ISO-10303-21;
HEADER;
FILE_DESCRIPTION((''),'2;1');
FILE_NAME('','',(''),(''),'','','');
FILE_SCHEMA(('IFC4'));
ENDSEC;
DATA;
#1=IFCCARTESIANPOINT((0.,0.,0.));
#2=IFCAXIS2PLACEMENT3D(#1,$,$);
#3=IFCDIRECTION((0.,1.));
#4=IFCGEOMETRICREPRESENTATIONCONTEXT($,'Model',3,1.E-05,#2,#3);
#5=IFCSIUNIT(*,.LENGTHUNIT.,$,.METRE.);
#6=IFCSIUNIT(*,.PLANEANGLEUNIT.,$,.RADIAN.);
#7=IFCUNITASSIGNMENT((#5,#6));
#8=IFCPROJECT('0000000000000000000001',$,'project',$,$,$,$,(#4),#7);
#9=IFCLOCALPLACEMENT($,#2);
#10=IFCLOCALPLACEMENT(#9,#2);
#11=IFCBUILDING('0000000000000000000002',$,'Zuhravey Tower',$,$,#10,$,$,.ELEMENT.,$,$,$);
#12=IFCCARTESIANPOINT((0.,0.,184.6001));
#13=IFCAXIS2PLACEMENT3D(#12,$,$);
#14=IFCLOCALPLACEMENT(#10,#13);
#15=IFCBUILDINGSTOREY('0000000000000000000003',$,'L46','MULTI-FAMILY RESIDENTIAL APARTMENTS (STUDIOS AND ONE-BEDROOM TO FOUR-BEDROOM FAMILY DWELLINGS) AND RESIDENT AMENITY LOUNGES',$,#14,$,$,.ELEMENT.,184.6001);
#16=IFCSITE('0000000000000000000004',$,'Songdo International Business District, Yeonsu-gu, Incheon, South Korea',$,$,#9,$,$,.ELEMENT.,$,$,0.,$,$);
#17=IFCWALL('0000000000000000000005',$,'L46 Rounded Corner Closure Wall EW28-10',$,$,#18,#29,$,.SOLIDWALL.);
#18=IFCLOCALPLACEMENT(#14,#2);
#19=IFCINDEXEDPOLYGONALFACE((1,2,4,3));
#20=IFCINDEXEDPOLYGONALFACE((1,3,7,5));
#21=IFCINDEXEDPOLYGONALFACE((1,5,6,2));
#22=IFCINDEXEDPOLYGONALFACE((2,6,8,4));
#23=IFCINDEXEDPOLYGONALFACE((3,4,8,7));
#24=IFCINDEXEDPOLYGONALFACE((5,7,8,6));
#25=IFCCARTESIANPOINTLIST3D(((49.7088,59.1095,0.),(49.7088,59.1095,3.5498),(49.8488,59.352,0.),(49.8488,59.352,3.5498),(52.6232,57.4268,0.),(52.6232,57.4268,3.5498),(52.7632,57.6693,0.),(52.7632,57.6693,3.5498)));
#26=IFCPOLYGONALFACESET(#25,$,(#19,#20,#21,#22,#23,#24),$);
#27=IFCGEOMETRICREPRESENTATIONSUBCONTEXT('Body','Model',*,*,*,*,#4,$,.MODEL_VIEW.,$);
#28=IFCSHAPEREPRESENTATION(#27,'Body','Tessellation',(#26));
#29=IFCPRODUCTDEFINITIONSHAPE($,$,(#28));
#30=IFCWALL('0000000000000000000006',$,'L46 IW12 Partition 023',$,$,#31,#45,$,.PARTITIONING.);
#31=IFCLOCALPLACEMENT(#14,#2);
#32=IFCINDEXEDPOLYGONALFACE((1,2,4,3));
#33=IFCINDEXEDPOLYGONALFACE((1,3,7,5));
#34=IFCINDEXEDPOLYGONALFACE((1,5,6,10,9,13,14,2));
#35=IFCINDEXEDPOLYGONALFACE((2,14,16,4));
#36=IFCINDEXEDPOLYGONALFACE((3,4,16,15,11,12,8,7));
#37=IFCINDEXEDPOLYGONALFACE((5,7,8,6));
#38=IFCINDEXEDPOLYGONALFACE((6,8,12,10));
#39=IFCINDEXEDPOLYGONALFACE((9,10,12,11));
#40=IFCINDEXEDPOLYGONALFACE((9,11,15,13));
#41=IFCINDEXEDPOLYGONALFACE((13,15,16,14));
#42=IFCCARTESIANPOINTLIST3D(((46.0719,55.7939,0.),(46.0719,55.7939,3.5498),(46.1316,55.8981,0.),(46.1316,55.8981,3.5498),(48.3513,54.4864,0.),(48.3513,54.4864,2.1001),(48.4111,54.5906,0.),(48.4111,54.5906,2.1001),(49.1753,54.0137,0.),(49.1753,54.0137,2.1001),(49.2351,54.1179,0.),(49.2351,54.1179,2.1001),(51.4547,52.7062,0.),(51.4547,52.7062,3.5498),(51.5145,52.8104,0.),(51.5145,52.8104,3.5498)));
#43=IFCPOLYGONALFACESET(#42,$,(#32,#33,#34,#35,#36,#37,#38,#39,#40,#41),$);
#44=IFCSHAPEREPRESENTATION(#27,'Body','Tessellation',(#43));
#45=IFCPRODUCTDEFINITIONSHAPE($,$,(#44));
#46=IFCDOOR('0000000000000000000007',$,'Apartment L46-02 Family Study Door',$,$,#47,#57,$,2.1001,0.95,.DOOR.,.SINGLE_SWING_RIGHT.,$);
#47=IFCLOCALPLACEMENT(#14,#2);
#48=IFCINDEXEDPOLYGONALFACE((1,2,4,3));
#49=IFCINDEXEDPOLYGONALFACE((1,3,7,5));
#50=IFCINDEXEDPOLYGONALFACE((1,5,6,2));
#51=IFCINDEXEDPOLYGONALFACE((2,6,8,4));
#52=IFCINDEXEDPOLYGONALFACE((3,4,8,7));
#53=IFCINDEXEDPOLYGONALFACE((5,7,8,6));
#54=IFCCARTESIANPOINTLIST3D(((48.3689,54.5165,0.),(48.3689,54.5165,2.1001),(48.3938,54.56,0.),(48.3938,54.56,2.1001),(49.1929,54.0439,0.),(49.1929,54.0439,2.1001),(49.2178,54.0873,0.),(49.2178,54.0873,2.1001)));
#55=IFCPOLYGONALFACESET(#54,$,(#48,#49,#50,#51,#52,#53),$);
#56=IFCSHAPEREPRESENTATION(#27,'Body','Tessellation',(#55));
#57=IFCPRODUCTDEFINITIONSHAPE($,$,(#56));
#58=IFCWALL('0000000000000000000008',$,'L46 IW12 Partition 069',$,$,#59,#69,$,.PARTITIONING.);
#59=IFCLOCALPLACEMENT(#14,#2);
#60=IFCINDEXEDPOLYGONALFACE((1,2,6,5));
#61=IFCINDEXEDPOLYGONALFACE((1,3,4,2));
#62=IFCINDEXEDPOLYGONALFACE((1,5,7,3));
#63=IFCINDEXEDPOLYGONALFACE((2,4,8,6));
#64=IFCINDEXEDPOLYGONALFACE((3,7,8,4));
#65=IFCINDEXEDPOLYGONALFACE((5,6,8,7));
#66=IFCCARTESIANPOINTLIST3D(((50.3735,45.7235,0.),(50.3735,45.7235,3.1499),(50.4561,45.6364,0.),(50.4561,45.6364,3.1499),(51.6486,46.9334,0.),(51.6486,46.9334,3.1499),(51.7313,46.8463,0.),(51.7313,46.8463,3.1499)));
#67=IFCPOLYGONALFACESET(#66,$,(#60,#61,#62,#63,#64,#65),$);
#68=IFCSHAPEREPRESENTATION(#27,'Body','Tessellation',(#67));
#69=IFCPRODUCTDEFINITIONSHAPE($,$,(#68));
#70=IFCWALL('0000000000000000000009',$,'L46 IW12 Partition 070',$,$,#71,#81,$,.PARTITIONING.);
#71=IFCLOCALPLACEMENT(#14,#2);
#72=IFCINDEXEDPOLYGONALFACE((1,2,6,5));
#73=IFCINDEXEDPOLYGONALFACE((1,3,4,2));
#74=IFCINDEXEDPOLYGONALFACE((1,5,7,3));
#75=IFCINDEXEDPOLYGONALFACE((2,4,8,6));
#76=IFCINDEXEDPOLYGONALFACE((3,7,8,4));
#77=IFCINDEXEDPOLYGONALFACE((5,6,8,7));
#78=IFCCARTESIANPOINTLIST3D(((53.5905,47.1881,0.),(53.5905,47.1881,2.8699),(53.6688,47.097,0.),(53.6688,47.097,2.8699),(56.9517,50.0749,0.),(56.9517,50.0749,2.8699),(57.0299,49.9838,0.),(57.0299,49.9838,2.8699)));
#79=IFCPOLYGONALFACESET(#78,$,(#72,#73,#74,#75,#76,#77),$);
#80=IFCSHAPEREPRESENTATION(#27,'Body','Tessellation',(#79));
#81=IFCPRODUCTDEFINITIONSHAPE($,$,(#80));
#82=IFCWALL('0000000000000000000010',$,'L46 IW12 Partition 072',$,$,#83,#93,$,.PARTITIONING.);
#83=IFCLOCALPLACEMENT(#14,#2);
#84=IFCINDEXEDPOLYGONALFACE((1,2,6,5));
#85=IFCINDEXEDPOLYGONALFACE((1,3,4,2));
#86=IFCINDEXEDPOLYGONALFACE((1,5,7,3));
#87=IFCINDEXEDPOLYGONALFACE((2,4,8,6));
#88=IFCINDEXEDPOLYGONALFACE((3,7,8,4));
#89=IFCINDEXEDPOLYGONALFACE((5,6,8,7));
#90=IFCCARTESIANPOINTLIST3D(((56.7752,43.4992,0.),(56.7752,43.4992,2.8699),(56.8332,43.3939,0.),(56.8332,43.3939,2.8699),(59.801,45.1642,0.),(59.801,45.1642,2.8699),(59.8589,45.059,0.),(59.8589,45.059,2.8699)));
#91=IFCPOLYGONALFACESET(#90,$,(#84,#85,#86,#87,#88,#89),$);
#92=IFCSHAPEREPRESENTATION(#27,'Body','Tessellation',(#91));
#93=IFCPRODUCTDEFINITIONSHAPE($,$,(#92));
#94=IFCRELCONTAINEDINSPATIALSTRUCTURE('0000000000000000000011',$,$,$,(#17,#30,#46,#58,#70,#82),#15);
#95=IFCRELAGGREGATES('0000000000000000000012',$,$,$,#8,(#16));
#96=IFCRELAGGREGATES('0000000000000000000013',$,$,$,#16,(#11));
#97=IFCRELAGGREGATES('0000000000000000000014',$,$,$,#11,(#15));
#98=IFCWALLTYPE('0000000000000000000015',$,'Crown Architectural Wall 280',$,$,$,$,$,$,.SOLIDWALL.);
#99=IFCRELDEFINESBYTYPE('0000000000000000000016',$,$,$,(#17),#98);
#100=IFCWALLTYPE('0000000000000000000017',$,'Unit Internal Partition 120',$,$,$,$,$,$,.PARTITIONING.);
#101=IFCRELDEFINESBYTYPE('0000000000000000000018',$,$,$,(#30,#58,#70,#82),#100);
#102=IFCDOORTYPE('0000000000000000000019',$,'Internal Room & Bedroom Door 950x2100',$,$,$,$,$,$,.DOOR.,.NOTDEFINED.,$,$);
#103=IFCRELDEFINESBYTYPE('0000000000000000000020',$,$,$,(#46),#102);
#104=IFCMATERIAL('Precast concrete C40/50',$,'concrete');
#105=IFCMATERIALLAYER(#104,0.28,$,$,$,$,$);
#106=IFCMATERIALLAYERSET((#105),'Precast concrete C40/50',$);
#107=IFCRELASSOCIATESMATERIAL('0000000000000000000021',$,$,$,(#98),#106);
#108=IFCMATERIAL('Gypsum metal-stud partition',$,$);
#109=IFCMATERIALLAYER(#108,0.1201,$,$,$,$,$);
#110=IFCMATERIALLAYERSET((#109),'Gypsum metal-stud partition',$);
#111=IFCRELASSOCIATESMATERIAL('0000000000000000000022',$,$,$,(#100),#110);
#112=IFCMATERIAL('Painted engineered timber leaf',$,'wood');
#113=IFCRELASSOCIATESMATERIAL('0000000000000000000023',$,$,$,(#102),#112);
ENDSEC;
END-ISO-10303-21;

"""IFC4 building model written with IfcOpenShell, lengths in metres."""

from ifc_helpers import new_model, si_unit, direction, frame, frame_2d, origin, place, context, subcontext, project, spatial, rectangle, extrude, material, layer, layer_set, type_object, element, fill, save


model = new_model("IFC4")

# Units and contexts
model_context = context("Model", 3, precision=1e-05, world=origin(), true_north=direction((0.0, 1.0)))
body_context = subcontext(model_context, "Body", "Model", "MODEL_VIEW")
ifc_project = project(units=[si_unit("LENGTHUNIT", "METRE"), si_unit("PLANEANGLEUNIT", "RADIAN")], contexts=[model_context])

# Site, building, storey
site_placement = place(None, origin())
site = spatial("IfcSite", under=ifc_project, at=site_placement, Name="Songdo International Business District, Yeonsu-gu, Incheon, South Korea", CompositionType="ELEMENT", RefElevation=0.0)
building_placement = place(site_placement, origin())
building = spatial("IfcBuilding", under=site, at=building_placement, Name="Zuhravey Tower", CompositionType="ELEMENT")
storey_placement = place(building_placement, frame((0.0, 0.0, 184.6001)))
storey = spatial("IfcBuildingStorey", under=building, at=storey_placement, Name="L46", Description="MULTI-FAMILY RESIDENTIAL APARTMENTS (STUDIOS AND ONE-BEDROOM TO FOUR-BEDROOM FAMILY DWELLINGS) AND RESIDENT AMENITY LOUNGES", CompositionType="ELEMENT", Elevation=184.6001)

# Wall
ifc_material_1 = material(Name="Precast concrete C40/50", Category="concrete")
ifc_layer_1 = layer(ifc_material_1, 0.28)
ifc_layer_set_1 = layer_set([ifc_layer_1], Name="Precast concrete C40/50")
wall_type_1 = type_object("IfcWallType", Name="Crown Architectural Wall 280", PredefinedType="SOLIDWALL", material=ifc_layer_set_1)
wall_1_placement = place(storey_placement, frame((49.7788, 59.2307, 0.0), z_axis=(0.0, 0.0, 1.0), x_axis=(0.86602, -0.500009, 0.0)))
element("IfcWall", 1, at=wall_1_placement, inside=storey, type_object=wall_type_1, Name="L46 Rounded Corner Closure Wall EW28-10", PredefinedType="SOLIDWALL", context=body_context, shape_type="SweptSolid", body=[
    extrude(rectangle(XDim=3.3652, YDim=0.28, at=frame_2d((1.6826, 0.0))), origin(), (0.0, 0.0, 1.0), 3.5498),
])

# Wall, opening, door
ifc_material_2 = material(Name="Gypsum metal-stud partition")
ifc_layer_2 = layer(ifc_material_2, 0.1201)
ifc_layer_set_2 = layer_set([ifc_layer_2], Name="Gypsum metal-stud partition")
wall_type_2 = type_object("IfcWallType", Name="Unit Internal Partition 120", PredefinedType="PARTITIONING", material=ifc_layer_set_2)
wall_2_placement = place(storey_placement, frame((51.4846, 52.7583, 0.0), z_axis=(0.0, 0.0, 1.0), x_axis=(-0.867426, 0.497566, 0.0)))
wall_2 = element("IfcWall", 2, at=wall_2_placement, inside=storey, type_object=wall_type_2, Name="L46 IW12 Partition 023", PredefinedType="PARTITIONING", context=body_context, shape_type="SweptSolid", body=[
    extrude(rectangle(XDim=6.2056, YDim=0.1201, at=frame_2d((3.1028, 0.0))), origin(), (0.0, 0.0, 1.0), 3.5498),
])
opening_placement = place(wall_2_placement, frame((2.6277, 0.0, 0.0)))
opening = element("IfcOpeningElement", 3, at=opening_placement, cuts=wall_2, PredefinedType="OPENING", context=body_context, shape_type="SweptSolid", body=[
    extrude(rectangle(XDim=0.95, YDim=2.1001, at=frame_2d((0.4751, 1.05))), frame((0.0, 0.072, 0.0), z_axis=(0.0, -1.0, 0.0), x_axis=(1.0, 0.0, 0.0)), (0.0, 0.0, 1.0), 0.144),
])
ifc_material_3 = material(Name="Painted engineered timber leaf", Category="wood")
door_type = type_object("IfcDoorType", Name="Internal Room & Bedroom Door 950x2100", OperationType="NOTDEFINED", PredefinedType="DOOR", material=ifc_material_3)
door_placement = place(opening_placement, frame((0.95, 0.0, 0.0), z_axis=(0.0, 0.0, 1.0), x_axis=(-1.0, 0.0, 0.0)))
door = element("IfcDoor", 4, at=door_placement, inside=storey, type_object=door_type, Name="Apartment L46-02 Family Study Door", OperationType="SINGLE_SWING_RIGHT", OverallHeight=2.1001, OverallWidth=0.95, PredefinedType="DOOR", context=body_context, shape_type="SweptSolid", body=[
    extrude(rectangle(XDim=0.95, YDim=2.1001, at=frame_2d((0.4751, 1.05))), frame((0.0, 0.0249, 0.0), z_axis=(0.0, -1.0, 0.0), x_axis=(1.0, 0.0, 0.0)), (0.0, 0.0, 1.0), 0.05),
])
fill(opening, door)

# Walls
wall_3_placement = place(storey_placement, frame((50.4148, 45.6799, 0.0), z_axis=(0.0, 0.0, 1.0), x_axis=(0.725405, 0.688322, 0.0)))
element("IfcWall", 5, at=wall_3_placement, inside=storey, type_object=wall_type_2, Name="L46 IW12 Partition 069", PredefinedType="PARTITIONING", context=body_context, shape_type="SweptSolid", body=[
    extrude(rectangle(XDim=1.7578, YDim=0.1201, at=frame_2d((0.8789, 0.0))), origin(), (0.0, 0.0, 1.0), 3.1499),
])
wall_4_placement = place(storey_placement, frame((53.6296, 47.1426, 0.0), z_axis=(0.0, 0.0, 1.0), x_axis=(0.758611, 0.651544, 0.0)))
element("IfcWall", 6, at=wall_4_placement, inside=storey, type_object=wall_type_2, Name="L46 IW12 Partition 070", PredefinedType="PARTITIONING", context=body_context, shape_type="SweptSolid", body=[
    extrude(rectangle(XDim=4.4307, YDim=0.1201, at=frame_2d((2.2153, 0.0))), origin(), (0.0, 0.0, 1.0), 2.8699),
])
wall_5_placement = place(storey_placement, frame((56.8042, 43.4465, 0.0), z_axis=(0.0, 0.0, 1.0), x_axis=(0.876101, 0.482128, 0.0)))
element("IfcWall", 7, at=wall_5_placement, inside=storey, type_object=wall_type_2, Name="L46 IW12 Partition 072", PredefinedType="PARTITIONING", context=body_context, shape_type="SweptSolid", body=[
    extrude(rectangle(XDim=3.4536, YDim=0.1201, at=frame_2d((1.7268, 0.0))), origin(), (0.0, 0.0, 1.0), 2.8699),
])

save(model, "model.ifc")
